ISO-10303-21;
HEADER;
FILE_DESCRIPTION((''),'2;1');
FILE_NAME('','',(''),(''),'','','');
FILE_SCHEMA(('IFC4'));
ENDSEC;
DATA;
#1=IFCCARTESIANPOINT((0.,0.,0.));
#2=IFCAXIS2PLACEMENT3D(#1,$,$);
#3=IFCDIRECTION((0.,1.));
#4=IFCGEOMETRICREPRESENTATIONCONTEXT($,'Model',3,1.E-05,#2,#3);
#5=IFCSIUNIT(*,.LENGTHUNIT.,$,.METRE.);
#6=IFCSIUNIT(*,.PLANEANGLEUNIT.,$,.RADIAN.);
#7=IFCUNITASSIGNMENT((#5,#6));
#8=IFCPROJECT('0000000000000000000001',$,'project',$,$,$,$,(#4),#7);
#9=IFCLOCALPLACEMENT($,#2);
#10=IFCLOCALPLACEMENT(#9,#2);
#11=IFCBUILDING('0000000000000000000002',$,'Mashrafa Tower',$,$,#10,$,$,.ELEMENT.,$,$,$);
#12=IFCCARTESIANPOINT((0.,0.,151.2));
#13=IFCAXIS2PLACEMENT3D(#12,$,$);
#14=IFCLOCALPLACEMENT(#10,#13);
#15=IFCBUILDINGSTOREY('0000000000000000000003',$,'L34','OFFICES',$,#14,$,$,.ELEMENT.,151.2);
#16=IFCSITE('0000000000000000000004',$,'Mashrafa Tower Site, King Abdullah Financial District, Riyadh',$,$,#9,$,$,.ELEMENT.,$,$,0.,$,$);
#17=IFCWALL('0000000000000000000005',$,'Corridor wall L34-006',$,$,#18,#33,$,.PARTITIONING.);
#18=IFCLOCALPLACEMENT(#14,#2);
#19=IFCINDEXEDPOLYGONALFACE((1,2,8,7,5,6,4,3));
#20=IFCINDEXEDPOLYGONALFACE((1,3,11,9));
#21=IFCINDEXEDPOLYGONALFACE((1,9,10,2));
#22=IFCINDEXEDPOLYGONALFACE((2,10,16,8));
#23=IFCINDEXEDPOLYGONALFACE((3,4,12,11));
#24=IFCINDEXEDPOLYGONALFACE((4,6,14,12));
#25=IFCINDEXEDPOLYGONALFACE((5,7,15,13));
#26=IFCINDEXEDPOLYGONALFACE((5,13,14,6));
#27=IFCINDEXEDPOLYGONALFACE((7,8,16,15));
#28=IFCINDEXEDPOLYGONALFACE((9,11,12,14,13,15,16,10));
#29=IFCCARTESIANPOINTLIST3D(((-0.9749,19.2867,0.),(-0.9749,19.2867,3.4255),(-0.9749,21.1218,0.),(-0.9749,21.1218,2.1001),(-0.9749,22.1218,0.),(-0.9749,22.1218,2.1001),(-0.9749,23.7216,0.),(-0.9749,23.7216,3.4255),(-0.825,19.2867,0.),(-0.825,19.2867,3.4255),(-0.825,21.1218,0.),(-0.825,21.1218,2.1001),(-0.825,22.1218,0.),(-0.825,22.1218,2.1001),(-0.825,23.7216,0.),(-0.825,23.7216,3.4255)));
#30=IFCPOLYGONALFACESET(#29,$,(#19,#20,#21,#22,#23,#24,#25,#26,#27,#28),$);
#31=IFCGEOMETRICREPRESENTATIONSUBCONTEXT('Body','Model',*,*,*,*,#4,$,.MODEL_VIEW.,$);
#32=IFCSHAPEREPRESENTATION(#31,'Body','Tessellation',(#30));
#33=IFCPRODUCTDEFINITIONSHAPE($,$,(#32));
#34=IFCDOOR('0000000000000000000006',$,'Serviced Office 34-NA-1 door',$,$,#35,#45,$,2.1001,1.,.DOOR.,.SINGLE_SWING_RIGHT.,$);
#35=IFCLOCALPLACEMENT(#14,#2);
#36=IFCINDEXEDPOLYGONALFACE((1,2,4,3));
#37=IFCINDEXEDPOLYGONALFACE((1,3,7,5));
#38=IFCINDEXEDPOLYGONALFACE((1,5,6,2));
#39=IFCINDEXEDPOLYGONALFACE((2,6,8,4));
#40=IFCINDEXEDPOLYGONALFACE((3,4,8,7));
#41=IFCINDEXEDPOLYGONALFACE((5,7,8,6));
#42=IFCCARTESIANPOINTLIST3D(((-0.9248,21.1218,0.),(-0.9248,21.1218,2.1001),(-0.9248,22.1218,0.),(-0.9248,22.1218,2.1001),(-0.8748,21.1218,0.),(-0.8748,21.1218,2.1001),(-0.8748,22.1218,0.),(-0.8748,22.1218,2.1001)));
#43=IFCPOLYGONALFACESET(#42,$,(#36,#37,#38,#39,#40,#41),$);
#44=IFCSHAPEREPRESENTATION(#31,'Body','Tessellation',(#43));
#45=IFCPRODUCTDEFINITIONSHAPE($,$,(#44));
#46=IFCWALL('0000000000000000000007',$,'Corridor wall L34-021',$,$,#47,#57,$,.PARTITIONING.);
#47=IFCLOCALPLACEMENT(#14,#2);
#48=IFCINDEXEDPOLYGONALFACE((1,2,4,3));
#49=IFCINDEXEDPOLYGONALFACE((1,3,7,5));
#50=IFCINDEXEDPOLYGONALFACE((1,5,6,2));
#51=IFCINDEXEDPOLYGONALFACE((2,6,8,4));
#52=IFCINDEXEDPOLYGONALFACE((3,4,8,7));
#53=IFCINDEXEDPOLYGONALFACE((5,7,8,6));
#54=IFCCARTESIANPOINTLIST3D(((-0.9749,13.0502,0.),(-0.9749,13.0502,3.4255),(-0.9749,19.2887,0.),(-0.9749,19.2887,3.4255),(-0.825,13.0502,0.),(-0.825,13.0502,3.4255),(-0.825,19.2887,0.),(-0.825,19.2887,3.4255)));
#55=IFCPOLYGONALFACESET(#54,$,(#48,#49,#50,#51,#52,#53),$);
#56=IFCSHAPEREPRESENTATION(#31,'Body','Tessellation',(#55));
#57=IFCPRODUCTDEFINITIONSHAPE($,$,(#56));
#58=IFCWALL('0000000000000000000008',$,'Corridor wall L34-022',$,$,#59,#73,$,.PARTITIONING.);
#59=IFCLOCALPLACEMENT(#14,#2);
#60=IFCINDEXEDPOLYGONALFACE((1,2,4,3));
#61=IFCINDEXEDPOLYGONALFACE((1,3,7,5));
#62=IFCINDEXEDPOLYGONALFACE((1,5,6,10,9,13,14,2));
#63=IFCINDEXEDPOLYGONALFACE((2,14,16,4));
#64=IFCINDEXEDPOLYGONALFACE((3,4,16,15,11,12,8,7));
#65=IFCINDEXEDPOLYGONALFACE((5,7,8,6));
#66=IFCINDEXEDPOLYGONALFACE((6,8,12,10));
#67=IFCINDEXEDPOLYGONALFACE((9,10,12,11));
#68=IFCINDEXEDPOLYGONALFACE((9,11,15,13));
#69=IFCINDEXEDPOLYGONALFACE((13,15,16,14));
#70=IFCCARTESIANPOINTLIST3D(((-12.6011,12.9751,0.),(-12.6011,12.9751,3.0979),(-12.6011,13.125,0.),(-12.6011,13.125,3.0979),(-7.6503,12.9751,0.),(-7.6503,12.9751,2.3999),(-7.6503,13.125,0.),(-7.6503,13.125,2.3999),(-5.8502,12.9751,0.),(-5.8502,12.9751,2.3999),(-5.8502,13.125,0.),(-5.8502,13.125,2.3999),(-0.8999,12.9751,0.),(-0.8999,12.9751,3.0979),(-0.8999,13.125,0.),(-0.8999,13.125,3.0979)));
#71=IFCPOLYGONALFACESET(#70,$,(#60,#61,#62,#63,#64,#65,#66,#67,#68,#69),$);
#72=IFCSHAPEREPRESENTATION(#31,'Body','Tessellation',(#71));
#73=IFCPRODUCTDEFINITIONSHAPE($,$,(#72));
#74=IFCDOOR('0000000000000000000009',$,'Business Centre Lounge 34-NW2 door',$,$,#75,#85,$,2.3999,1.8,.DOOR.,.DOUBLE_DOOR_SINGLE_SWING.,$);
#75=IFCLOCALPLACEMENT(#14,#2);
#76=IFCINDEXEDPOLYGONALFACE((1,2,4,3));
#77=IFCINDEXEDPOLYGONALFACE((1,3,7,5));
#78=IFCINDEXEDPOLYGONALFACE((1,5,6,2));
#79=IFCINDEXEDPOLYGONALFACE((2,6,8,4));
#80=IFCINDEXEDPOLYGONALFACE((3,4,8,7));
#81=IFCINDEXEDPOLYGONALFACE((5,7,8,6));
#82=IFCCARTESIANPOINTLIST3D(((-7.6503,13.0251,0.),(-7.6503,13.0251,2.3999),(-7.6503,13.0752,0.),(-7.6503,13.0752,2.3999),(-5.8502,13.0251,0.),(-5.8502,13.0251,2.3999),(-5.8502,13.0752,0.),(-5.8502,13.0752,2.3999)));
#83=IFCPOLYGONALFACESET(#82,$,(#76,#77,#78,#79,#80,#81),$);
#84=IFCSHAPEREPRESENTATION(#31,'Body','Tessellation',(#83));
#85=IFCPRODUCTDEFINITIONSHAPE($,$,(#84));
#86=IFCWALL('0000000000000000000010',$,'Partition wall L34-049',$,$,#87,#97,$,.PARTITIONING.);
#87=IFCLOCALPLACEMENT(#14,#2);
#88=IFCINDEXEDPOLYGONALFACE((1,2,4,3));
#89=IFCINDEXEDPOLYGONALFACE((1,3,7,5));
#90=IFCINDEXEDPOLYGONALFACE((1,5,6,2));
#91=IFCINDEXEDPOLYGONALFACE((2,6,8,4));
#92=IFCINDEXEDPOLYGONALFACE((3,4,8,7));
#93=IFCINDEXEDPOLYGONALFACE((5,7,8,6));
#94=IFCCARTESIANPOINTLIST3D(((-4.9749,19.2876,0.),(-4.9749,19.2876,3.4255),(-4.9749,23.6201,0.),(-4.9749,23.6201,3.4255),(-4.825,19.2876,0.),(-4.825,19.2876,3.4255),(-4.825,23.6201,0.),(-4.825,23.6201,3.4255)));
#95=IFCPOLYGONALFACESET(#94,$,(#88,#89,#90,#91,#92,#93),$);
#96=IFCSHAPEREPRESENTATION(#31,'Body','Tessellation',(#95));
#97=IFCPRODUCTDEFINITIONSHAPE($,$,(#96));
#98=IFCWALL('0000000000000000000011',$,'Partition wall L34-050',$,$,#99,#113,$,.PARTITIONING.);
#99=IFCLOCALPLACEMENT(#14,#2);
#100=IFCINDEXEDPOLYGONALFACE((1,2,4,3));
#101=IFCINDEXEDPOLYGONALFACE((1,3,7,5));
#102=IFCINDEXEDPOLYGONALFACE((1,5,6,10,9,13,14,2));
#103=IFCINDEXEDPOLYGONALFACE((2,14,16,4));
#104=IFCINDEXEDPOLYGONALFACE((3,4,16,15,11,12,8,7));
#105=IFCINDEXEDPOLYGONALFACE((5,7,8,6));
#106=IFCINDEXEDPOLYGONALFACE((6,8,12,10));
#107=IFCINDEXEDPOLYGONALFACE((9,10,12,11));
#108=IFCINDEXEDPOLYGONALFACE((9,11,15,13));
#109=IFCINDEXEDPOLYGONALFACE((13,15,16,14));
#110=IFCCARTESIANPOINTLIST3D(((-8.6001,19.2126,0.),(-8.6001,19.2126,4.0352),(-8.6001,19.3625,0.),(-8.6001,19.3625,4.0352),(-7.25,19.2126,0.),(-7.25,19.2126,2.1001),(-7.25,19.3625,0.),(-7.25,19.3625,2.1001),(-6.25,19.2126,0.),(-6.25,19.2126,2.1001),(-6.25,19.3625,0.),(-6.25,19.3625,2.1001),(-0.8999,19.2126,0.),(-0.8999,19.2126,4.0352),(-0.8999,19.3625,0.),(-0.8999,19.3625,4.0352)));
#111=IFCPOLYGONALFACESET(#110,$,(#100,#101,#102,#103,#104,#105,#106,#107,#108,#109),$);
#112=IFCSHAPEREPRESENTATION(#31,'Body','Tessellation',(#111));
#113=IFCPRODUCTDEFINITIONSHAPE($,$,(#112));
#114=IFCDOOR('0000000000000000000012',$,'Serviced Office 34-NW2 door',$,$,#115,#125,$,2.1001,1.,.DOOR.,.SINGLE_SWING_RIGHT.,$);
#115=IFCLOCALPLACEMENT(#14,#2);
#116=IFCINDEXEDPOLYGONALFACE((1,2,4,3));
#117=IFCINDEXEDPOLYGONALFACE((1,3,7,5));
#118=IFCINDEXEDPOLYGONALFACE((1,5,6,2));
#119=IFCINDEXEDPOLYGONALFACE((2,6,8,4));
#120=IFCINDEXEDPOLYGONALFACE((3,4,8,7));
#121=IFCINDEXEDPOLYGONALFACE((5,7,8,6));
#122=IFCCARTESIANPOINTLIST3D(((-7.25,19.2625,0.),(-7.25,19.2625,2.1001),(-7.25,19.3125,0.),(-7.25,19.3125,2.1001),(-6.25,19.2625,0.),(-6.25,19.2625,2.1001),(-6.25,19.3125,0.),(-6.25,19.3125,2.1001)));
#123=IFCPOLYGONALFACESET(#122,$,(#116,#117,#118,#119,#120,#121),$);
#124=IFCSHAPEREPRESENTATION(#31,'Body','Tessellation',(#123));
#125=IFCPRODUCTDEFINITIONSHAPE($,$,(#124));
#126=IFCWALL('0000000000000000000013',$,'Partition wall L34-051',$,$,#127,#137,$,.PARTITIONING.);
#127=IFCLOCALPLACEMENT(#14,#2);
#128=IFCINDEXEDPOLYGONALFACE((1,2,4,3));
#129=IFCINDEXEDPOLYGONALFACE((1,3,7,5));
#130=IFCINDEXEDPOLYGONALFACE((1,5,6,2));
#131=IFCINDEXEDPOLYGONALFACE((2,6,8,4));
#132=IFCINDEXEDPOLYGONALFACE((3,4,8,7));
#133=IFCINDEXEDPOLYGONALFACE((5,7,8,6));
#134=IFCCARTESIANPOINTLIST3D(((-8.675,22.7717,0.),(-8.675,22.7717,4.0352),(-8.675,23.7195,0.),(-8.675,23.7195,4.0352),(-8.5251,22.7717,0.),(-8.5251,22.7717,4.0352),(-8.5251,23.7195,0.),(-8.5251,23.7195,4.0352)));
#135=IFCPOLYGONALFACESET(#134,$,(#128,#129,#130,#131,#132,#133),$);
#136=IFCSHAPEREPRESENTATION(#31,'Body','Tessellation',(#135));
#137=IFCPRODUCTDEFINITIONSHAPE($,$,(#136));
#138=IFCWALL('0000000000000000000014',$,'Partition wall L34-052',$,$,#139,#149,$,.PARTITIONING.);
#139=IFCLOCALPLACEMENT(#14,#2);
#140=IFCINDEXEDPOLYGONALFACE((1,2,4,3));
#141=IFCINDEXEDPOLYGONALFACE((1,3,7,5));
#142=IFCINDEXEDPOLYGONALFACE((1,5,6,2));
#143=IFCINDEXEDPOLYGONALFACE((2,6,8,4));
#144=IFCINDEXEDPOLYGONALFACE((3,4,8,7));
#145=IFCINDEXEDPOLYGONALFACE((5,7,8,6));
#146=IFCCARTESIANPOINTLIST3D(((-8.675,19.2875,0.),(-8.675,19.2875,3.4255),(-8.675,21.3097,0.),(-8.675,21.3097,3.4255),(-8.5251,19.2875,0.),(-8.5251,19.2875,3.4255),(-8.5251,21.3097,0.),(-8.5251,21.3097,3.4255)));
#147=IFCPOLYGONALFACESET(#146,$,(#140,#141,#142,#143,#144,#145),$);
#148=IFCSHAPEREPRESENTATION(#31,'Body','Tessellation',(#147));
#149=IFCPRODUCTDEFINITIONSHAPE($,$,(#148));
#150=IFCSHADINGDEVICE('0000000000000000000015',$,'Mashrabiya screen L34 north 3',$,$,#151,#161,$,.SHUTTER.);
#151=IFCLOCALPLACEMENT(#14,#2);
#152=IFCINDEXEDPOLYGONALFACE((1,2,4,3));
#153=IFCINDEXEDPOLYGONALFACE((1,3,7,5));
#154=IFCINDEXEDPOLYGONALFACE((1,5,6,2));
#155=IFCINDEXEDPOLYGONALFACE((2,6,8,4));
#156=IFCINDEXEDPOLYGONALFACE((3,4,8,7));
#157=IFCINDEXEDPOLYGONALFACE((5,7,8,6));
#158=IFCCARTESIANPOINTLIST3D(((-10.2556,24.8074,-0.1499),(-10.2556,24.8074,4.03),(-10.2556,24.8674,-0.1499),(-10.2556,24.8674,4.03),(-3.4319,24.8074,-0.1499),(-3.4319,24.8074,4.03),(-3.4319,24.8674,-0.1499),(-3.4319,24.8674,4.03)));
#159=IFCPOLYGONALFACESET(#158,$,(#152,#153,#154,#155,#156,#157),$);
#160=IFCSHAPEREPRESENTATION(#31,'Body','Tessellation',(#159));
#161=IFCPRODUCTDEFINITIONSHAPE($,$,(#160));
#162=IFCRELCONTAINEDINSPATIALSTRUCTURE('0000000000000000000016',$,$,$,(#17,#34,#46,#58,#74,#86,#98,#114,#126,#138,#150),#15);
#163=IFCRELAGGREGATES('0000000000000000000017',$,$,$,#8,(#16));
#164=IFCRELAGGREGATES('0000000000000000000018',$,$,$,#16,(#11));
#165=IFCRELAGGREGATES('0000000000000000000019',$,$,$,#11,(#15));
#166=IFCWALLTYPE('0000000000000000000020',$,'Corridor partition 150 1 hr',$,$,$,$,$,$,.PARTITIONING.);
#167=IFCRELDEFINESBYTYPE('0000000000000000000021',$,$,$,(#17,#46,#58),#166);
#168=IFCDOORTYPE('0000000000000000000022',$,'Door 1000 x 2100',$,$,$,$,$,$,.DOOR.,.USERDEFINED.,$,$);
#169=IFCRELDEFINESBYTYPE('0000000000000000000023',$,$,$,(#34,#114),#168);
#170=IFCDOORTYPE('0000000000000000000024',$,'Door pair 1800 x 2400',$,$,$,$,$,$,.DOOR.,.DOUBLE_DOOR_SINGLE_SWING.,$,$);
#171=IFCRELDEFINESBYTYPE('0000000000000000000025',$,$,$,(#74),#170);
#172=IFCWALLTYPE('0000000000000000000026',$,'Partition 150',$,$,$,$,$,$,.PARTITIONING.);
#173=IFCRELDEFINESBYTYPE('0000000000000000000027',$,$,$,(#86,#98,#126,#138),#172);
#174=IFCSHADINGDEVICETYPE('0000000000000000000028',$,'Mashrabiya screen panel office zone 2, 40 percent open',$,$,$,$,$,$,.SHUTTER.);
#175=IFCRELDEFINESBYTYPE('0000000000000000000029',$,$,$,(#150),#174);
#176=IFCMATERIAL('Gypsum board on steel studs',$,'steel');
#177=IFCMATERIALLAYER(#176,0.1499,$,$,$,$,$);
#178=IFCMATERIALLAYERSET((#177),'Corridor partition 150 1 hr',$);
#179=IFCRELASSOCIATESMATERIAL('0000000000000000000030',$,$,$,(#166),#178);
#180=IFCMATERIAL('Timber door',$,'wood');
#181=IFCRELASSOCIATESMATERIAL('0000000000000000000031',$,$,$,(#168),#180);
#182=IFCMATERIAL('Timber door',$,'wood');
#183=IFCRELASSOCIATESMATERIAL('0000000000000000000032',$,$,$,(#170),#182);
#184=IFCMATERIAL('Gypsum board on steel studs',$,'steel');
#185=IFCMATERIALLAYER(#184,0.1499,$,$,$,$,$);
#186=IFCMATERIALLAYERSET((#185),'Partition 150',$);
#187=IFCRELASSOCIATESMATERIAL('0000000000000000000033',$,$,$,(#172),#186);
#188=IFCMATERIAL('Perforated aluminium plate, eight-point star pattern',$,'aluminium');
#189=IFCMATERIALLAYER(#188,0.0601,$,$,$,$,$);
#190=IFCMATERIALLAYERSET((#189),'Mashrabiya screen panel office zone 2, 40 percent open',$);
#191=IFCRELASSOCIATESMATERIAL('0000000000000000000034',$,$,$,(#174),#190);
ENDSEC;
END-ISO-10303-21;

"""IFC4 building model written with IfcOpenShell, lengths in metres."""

from ifc_helpers import new_model, si_unit, direction, frame, frame_2d, origin, origin_2d, place, context, subcontext, project, spatial, rectangle, extrude, source, transform, mapped, material, layer, layer_set, type_object, type_shapes, element, fill, save


model = new_model("IFC4")

# Units and contexts
model_context = context("Model", 3, precision=1e-05, world=origin(), true_north=direction((0.0, 1.0)))
body_context = subcontext(model_context, "Body", "Model", "MODEL_VIEW")
ifc_project = project(units=[si_unit("LENGTHUNIT", "METRE"), si_unit("PLANEANGLEUNIT", "RADIAN")], contexts=[model_context])

# Site, building, storey
site_placement = place(None, origin())
site = spatial("IfcSite", under=ifc_project, at=site_placement, Name="Mashrafa Tower Site, King Abdullah Financial District, Riyadh", CompositionType="ELEMENT", RefElevation=0.0)
building_placement = place(site_placement, origin())
building = spatial("IfcBuilding", under=site, at=building_placement, Name="Mashrafa Tower", CompositionType="ELEMENT")
storey_placement = place(building_placement, frame((0.0, 0.0, 151.2)))
storey = spatial("IfcBuildingStorey", under=building, at=storey_placement, Name="L34", Description="OFFICES", CompositionType="ELEMENT", Elevation=151.2)

# Wall, opening, door
ifc_material_1 = material(Name="Gypsum board on steel studs", Category="steel")
ifc_layer_1 = layer(ifc_material_1, 0.1499)
ifc_layer_set_1 = layer_set([ifc_layer_1], Name="Corridor partition 150 1 hr")
wall_type_1 = type_object("IfcWallType", Name="Corridor partition 150 1 hr", PredefinedType="PARTITIONING", material=ifc_layer_set_1)
wall_1_placement = place(storey_placement, frame((-0.8999, 23.7214, 0.0), z_axis=(0.0, 0.0, 1.0), x_axis=(0.0, -1.0, 0.0)))
wall_1 = element("IfcWall", 1, at=wall_1_placement, inside=storey, type_object=wall_type_1, Name="Corridor wall L34-006", PredefinedType="PARTITIONING", context=body_context, shape_type="SweptSolid", body=[
    extrude(rectangle(XDim=4.4348, YDim=0.1499, at=frame_2d((2.2173, 0.0))), origin(), (0.0, 0.0, 1.0), 3.4255),
])
opening_1_placement = place(wall_1_placement, frame((1.5996, 0.0, 0.0)))
opening_1 = element("IfcOpeningElement", 2, at=opening_1_placement, cuts=wall_1, PredefinedType="OPENING", context=body_context, shape_type="SweptSolid", body=[
    extrude(rectangle(XDim=1.0, YDim=2.1001, at=frame_2d((0.5, 1.05))), frame((0.0, 0.085, 0.0), z_axis=(0.0, -1.0, 0.0), x_axis=(1.0, 0.0, 0.0)), (0.0, 0.0, 1.0), 0.1699),
])
ifc_material_2 = material(Name="Timber door", Category="wood")
door_type_1 = type_object("IfcDoorType", Name="Door 1000 x 2100", OperationType="USERDEFINED", PredefinedType="DOOR", material=ifc_material_2)
door_1_placement = place(opening_1_placement, frame((1.0, 0.0, 0.0), z_axis=(0.0, 0.0, 1.0), x_axis=(-1.0, 0.0, 0.0)))
door_1 = element("IfcDoor", 3, at=door_1_placement, inside=storey, type_object=door_type_1, Name="Serviced Office 34-NA-1 door", OperationType="SINGLE_SWING_RIGHT", OverallHeight=2.1001, OverallWidth=1.0, PredefinedType="DOOR", context=body_context, shape_type="SweptSolid", body=[
    extrude(rectangle(XDim=1.0, YDim=2.1001, at=frame_2d((0.5, 1.05))), frame((0.0, 0.0249, 0.0), z_axis=(0.0, -1.0, 0.0), x_axis=(1.0, 0.0, 0.0)), (0.0, 0.0, 1.0), 0.05),
])
fill(opening_1, door_1)

# Wall
wall_2_placement = place(storey_placement, frame((-0.8999, 19.2886, 0.0), z_axis=(0.0, 0.0, 1.0), x_axis=(0.0, -1.0, 0.0)))
element("IfcWall", 4, at=wall_2_placement, inside=storey, type_object=wall_type_1, Name="Corridor wall L34-021", PredefinedType="PARTITIONING", context=body_context, shape_type="SweptSolid", body=[
    extrude(rectangle(XDim=6.2385, YDim=0.1499, at=frame_2d((3.1191, 0.0))), origin(), (0.0, 0.0, 1.0), 3.4255),
])

# Wall, opening, door
wall_3_placement = place(storey_placement, frame((-0.8999, 13.05, 0.0), z_axis=(0.0, 0.0, 1.0), x_axis=(-1.0, 0.0, 0.0)))
wall_3 = element("IfcWall", 5, at=wall_3_placement, inside=storey, type_object=wall_type_1, Name="Corridor wall L34-022", PredefinedType="PARTITIONING", context=body_context, shape_type="SweptSolid", body=[
    extrude(rectangle(XDim=11.7012, YDim=0.1499, at=frame_2d((5.8506, 0.0))), origin(), (0.0, 0.0, 1.0), 3.0979),
])
opening_2_placement = place(wall_3_placement, frame((4.9504, 0.0, 0.0)))
opening_2 = element("IfcOpeningElement", 6, at=opening_2_placement, cuts=wall_3, PredefinedType="OPENING", context=body_context, shape_type="SweptSolid", body=[
    extrude(rectangle(XDim=1.8, YDim=2.3999, at=frame_2d((0.8999, 1.2))), frame((0.0, 0.085, 0.0), z_axis=(0.0, -1.0, 0.0), x_axis=(1.0, 0.0, 0.0)), (0.0, 0.0, 1.0), 0.1699),
])
ifc_material_3 = material(Name="Timber door", Category="wood")
door_type_2 = type_object("IfcDoorType", Name="Door pair 1800 x 2400", OperationType="DOUBLE_DOOR_SINGLE_SWING", PredefinedType="DOOR", material=ifc_material_3)
door_2_placement = place(opening_2_placement, origin())
door_2 = element("IfcDoor", 7, at=door_2_placement, inside=storey, type_object=door_type_2, Name="Business Centre Lounge 34-NW2 door", OperationType="DOUBLE_DOOR_SINGLE_SWING", OverallHeight=2.3999, OverallWidth=1.8, PredefinedType="DOOR", context=body_context, shape_type="SweptSolid", body=[
    extrude(rectangle(XDim=1.8, YDim=2.3999, at=frame_2d((0.8999, 1.2))), frame((0.0, 0.0249, 0.0), z_axis=(0.0, -1.0, 0.0), x_axis=(1.0, 0.0, 0.0)), (0.0, 0.0, 1.0), 0.05),
])
fill(opening_2, door_2)

# Wall
ifc_material_4 = material(Name="Gypsum board on steel studs", Category="steel")
ifc_layer_2 = layer(ifc_material_4, 0.1499)
ifc_layer_set_2 = layer_set([ifc_layer_2], Name="Partition 150")
wall_type_2 = type_object("IfcWallType", Name="Partition 150", PredefinedType="PARTITIONING", material=ifc_layer_set_2)
wall_4_placement = place(storey_placement, frame((-4.8999, 23.6201, 0.0), z_axis=(0.0, 0.0, 1.0), x_axis=(0.0, -1.0, 0.0)))
element("IfcWall", 8, at=wall_4_placement, inside=storey, type_object=wall_type_2, Name="Partition wall L34-049", PredefinedType="PARTITIONING", context=body_context, shape_type="SweptSolid", body=[
    extrude(rectangle(XDim=4.3325, YDim=0.1499, at=frame_2d((2.1663, 0.0))), origin(), (0.0, 0.0, 1.0), 3.4255),
])

# Wall, opening, door
wall_5_placement = place(storey_placement, frame((-0.8999, 19.2876, 0.0), z_axis=(0.0, 0.0, 1.0), x_axis=(-1.0, 0.0, 0.0)))
wall_5 = element("IfcWall", 9, at=wall_5_placement, inside=storey, type_object=wall_type_2, Name="Partition wall L34-050", PredefinedType="PARTITIONING", context=body_context, shape_type="SweptSolid", body=[
    extrude(rectangle(XDim=7.7002, YDim=0.1499, at=frame_2d((3.8501, 0.0))), origin(), (0.0, 0.0, 1.0), 4.0352),
])
opening_3_placement = place(wall_5_placement, frame((5.3501, 0.0, 0.0)))
opening_3 = element("IfcOpeningElement", 10, at=opening_3_placement, cuts=wall_5, PredefinedType="OPENING", context=body_context, shape_type="SweptSolid", body=[
    extrude(rectangle(XDim=1.0, YDim=2.1001, at=frame_2d((0.5, 1.05))), frame((0.0, 0.085, 0.0), z_axis=(0.0, -1.0, 0.0), x_axis=(1.0, 0.0, 0.0)), (0.0, 0.0, 1.0), 0.1699),
])
door_3_placement = place(opening_3_placement, frame((1.0, 0.0, 0.0), z_axis=(0.0, 0.0, 1.0), x_axis=(-1.0, 0.0, 0.0)))
door_3 = element("IfcDoor", 11, at=door_3_placement, inside=storey, type_object=door_type_1, Name="Serviced Office 34-NW2 door", OperationType="SINGLE_SWING_RIGHT", OverallHeight=2.1001, OverallWidth=1.0, PredefinedType="DOOR", context=body_context, shape_type="SweptSolid", body=[
    extrude(rectangle(XDim=1.0, YDim=2.1001, at=frame_2d((0.5, 1.05))), frame((0.0, 0.0249, 0.0), z_axis=(0.0, -1.0, 0.0), x_axis=(1.0, 0.0, 0.0)), (0.0, 0.0, 1.0), 0.05),
])
fill(opening_3, door_3)

# Walls
wall_6_placement = place(storey_placement, frame((-8.6001, 23.7195, 0.0), z_axis=(0.0, 0.0, 1.0), x_axis=(0.0, -1.0, 0.0)))
element("IfcWall", 12, at=wall_6_placement, inside=storey, type_object=wall_type_2, Name="Partition wall L34-051", PredefinedType="PARTITIONING", context=body_context, shape_type="SweptSolid", body=[
    extrude(rectangle(XDim=0.9478, YDim=0.1499, at=frame_2d((0.4739, 0.0))), origin(), (0.0, 0.0, 1.0), 4.0352),
])
wall_7_placement = place(storey_placement, frame((-8.6001, 21.3098, 0.0), z_axis=(0.0, 0.0, 1.0), x_axis=(0.0, -1.0, 0.0)))
element("IfcWall", 13, at=wall_7_placement, inside=storey, type_object=wall_type_2, Name="Partition wall L34-052", PredefinedType="PARTITIONING", context=body_context, shape_type="SweptSolid", body=[
    extrude(rectangle(XDim=2.0222, YDim=0.1499, at=frame_2d((1.0112, 0.0))), origin(), (0.0, 0.0, 1.0), 3.4255),
])

# Shading device
ifc_material_5 = material(Name="Perforated aluminium plate, eight-point star pattern", Category="aluminium")
ifc_layer_3 = layer(ifc_material_5, 0.0601)
ifc_layer_set_3 = layer_set([ifc_layer_3], Name="Mashrabiya screen panel office zone 2, 40 percent open")
shading_device_type = type_object("IfcShadingDeviceType", Name="Mashrabiya screen panel office zone 2, 40 percent open", PredefinedType="SHUTTER", material=ifc_layer_set_3)
shared_shape_1 = source(origin(), body_context, "Body", "SweptSolid", [
    extrude(rectangle(XDim=6.8237, YDim=0.0601, at=origin_2d()), origin(), (0.0, 0.0, 1.0), 4.1799),
])
type_shapes(shading_device_type, [shared_shape_1])
shading_device_placement = place(storey_placement, frame((-6.8438, 24.8374, -0.1499), z_axis=(0.0, 0.0, 1.0), x_axis=(-1.0, 0.0, 0.0)))
element("IfcShadingDevice", 14, at=shading_device_placement, inside=storey, type_object=shading_device_type, Name="Mashrabiya screen L34 north 3", PredefinedType="SHUTTER", context=body_context, shape_type="MappedRepresentation", body=[
    mapped(shared_shape_1, transform((0.0, 0.0, 0.0))),
])

save(model, "model.ifc")
